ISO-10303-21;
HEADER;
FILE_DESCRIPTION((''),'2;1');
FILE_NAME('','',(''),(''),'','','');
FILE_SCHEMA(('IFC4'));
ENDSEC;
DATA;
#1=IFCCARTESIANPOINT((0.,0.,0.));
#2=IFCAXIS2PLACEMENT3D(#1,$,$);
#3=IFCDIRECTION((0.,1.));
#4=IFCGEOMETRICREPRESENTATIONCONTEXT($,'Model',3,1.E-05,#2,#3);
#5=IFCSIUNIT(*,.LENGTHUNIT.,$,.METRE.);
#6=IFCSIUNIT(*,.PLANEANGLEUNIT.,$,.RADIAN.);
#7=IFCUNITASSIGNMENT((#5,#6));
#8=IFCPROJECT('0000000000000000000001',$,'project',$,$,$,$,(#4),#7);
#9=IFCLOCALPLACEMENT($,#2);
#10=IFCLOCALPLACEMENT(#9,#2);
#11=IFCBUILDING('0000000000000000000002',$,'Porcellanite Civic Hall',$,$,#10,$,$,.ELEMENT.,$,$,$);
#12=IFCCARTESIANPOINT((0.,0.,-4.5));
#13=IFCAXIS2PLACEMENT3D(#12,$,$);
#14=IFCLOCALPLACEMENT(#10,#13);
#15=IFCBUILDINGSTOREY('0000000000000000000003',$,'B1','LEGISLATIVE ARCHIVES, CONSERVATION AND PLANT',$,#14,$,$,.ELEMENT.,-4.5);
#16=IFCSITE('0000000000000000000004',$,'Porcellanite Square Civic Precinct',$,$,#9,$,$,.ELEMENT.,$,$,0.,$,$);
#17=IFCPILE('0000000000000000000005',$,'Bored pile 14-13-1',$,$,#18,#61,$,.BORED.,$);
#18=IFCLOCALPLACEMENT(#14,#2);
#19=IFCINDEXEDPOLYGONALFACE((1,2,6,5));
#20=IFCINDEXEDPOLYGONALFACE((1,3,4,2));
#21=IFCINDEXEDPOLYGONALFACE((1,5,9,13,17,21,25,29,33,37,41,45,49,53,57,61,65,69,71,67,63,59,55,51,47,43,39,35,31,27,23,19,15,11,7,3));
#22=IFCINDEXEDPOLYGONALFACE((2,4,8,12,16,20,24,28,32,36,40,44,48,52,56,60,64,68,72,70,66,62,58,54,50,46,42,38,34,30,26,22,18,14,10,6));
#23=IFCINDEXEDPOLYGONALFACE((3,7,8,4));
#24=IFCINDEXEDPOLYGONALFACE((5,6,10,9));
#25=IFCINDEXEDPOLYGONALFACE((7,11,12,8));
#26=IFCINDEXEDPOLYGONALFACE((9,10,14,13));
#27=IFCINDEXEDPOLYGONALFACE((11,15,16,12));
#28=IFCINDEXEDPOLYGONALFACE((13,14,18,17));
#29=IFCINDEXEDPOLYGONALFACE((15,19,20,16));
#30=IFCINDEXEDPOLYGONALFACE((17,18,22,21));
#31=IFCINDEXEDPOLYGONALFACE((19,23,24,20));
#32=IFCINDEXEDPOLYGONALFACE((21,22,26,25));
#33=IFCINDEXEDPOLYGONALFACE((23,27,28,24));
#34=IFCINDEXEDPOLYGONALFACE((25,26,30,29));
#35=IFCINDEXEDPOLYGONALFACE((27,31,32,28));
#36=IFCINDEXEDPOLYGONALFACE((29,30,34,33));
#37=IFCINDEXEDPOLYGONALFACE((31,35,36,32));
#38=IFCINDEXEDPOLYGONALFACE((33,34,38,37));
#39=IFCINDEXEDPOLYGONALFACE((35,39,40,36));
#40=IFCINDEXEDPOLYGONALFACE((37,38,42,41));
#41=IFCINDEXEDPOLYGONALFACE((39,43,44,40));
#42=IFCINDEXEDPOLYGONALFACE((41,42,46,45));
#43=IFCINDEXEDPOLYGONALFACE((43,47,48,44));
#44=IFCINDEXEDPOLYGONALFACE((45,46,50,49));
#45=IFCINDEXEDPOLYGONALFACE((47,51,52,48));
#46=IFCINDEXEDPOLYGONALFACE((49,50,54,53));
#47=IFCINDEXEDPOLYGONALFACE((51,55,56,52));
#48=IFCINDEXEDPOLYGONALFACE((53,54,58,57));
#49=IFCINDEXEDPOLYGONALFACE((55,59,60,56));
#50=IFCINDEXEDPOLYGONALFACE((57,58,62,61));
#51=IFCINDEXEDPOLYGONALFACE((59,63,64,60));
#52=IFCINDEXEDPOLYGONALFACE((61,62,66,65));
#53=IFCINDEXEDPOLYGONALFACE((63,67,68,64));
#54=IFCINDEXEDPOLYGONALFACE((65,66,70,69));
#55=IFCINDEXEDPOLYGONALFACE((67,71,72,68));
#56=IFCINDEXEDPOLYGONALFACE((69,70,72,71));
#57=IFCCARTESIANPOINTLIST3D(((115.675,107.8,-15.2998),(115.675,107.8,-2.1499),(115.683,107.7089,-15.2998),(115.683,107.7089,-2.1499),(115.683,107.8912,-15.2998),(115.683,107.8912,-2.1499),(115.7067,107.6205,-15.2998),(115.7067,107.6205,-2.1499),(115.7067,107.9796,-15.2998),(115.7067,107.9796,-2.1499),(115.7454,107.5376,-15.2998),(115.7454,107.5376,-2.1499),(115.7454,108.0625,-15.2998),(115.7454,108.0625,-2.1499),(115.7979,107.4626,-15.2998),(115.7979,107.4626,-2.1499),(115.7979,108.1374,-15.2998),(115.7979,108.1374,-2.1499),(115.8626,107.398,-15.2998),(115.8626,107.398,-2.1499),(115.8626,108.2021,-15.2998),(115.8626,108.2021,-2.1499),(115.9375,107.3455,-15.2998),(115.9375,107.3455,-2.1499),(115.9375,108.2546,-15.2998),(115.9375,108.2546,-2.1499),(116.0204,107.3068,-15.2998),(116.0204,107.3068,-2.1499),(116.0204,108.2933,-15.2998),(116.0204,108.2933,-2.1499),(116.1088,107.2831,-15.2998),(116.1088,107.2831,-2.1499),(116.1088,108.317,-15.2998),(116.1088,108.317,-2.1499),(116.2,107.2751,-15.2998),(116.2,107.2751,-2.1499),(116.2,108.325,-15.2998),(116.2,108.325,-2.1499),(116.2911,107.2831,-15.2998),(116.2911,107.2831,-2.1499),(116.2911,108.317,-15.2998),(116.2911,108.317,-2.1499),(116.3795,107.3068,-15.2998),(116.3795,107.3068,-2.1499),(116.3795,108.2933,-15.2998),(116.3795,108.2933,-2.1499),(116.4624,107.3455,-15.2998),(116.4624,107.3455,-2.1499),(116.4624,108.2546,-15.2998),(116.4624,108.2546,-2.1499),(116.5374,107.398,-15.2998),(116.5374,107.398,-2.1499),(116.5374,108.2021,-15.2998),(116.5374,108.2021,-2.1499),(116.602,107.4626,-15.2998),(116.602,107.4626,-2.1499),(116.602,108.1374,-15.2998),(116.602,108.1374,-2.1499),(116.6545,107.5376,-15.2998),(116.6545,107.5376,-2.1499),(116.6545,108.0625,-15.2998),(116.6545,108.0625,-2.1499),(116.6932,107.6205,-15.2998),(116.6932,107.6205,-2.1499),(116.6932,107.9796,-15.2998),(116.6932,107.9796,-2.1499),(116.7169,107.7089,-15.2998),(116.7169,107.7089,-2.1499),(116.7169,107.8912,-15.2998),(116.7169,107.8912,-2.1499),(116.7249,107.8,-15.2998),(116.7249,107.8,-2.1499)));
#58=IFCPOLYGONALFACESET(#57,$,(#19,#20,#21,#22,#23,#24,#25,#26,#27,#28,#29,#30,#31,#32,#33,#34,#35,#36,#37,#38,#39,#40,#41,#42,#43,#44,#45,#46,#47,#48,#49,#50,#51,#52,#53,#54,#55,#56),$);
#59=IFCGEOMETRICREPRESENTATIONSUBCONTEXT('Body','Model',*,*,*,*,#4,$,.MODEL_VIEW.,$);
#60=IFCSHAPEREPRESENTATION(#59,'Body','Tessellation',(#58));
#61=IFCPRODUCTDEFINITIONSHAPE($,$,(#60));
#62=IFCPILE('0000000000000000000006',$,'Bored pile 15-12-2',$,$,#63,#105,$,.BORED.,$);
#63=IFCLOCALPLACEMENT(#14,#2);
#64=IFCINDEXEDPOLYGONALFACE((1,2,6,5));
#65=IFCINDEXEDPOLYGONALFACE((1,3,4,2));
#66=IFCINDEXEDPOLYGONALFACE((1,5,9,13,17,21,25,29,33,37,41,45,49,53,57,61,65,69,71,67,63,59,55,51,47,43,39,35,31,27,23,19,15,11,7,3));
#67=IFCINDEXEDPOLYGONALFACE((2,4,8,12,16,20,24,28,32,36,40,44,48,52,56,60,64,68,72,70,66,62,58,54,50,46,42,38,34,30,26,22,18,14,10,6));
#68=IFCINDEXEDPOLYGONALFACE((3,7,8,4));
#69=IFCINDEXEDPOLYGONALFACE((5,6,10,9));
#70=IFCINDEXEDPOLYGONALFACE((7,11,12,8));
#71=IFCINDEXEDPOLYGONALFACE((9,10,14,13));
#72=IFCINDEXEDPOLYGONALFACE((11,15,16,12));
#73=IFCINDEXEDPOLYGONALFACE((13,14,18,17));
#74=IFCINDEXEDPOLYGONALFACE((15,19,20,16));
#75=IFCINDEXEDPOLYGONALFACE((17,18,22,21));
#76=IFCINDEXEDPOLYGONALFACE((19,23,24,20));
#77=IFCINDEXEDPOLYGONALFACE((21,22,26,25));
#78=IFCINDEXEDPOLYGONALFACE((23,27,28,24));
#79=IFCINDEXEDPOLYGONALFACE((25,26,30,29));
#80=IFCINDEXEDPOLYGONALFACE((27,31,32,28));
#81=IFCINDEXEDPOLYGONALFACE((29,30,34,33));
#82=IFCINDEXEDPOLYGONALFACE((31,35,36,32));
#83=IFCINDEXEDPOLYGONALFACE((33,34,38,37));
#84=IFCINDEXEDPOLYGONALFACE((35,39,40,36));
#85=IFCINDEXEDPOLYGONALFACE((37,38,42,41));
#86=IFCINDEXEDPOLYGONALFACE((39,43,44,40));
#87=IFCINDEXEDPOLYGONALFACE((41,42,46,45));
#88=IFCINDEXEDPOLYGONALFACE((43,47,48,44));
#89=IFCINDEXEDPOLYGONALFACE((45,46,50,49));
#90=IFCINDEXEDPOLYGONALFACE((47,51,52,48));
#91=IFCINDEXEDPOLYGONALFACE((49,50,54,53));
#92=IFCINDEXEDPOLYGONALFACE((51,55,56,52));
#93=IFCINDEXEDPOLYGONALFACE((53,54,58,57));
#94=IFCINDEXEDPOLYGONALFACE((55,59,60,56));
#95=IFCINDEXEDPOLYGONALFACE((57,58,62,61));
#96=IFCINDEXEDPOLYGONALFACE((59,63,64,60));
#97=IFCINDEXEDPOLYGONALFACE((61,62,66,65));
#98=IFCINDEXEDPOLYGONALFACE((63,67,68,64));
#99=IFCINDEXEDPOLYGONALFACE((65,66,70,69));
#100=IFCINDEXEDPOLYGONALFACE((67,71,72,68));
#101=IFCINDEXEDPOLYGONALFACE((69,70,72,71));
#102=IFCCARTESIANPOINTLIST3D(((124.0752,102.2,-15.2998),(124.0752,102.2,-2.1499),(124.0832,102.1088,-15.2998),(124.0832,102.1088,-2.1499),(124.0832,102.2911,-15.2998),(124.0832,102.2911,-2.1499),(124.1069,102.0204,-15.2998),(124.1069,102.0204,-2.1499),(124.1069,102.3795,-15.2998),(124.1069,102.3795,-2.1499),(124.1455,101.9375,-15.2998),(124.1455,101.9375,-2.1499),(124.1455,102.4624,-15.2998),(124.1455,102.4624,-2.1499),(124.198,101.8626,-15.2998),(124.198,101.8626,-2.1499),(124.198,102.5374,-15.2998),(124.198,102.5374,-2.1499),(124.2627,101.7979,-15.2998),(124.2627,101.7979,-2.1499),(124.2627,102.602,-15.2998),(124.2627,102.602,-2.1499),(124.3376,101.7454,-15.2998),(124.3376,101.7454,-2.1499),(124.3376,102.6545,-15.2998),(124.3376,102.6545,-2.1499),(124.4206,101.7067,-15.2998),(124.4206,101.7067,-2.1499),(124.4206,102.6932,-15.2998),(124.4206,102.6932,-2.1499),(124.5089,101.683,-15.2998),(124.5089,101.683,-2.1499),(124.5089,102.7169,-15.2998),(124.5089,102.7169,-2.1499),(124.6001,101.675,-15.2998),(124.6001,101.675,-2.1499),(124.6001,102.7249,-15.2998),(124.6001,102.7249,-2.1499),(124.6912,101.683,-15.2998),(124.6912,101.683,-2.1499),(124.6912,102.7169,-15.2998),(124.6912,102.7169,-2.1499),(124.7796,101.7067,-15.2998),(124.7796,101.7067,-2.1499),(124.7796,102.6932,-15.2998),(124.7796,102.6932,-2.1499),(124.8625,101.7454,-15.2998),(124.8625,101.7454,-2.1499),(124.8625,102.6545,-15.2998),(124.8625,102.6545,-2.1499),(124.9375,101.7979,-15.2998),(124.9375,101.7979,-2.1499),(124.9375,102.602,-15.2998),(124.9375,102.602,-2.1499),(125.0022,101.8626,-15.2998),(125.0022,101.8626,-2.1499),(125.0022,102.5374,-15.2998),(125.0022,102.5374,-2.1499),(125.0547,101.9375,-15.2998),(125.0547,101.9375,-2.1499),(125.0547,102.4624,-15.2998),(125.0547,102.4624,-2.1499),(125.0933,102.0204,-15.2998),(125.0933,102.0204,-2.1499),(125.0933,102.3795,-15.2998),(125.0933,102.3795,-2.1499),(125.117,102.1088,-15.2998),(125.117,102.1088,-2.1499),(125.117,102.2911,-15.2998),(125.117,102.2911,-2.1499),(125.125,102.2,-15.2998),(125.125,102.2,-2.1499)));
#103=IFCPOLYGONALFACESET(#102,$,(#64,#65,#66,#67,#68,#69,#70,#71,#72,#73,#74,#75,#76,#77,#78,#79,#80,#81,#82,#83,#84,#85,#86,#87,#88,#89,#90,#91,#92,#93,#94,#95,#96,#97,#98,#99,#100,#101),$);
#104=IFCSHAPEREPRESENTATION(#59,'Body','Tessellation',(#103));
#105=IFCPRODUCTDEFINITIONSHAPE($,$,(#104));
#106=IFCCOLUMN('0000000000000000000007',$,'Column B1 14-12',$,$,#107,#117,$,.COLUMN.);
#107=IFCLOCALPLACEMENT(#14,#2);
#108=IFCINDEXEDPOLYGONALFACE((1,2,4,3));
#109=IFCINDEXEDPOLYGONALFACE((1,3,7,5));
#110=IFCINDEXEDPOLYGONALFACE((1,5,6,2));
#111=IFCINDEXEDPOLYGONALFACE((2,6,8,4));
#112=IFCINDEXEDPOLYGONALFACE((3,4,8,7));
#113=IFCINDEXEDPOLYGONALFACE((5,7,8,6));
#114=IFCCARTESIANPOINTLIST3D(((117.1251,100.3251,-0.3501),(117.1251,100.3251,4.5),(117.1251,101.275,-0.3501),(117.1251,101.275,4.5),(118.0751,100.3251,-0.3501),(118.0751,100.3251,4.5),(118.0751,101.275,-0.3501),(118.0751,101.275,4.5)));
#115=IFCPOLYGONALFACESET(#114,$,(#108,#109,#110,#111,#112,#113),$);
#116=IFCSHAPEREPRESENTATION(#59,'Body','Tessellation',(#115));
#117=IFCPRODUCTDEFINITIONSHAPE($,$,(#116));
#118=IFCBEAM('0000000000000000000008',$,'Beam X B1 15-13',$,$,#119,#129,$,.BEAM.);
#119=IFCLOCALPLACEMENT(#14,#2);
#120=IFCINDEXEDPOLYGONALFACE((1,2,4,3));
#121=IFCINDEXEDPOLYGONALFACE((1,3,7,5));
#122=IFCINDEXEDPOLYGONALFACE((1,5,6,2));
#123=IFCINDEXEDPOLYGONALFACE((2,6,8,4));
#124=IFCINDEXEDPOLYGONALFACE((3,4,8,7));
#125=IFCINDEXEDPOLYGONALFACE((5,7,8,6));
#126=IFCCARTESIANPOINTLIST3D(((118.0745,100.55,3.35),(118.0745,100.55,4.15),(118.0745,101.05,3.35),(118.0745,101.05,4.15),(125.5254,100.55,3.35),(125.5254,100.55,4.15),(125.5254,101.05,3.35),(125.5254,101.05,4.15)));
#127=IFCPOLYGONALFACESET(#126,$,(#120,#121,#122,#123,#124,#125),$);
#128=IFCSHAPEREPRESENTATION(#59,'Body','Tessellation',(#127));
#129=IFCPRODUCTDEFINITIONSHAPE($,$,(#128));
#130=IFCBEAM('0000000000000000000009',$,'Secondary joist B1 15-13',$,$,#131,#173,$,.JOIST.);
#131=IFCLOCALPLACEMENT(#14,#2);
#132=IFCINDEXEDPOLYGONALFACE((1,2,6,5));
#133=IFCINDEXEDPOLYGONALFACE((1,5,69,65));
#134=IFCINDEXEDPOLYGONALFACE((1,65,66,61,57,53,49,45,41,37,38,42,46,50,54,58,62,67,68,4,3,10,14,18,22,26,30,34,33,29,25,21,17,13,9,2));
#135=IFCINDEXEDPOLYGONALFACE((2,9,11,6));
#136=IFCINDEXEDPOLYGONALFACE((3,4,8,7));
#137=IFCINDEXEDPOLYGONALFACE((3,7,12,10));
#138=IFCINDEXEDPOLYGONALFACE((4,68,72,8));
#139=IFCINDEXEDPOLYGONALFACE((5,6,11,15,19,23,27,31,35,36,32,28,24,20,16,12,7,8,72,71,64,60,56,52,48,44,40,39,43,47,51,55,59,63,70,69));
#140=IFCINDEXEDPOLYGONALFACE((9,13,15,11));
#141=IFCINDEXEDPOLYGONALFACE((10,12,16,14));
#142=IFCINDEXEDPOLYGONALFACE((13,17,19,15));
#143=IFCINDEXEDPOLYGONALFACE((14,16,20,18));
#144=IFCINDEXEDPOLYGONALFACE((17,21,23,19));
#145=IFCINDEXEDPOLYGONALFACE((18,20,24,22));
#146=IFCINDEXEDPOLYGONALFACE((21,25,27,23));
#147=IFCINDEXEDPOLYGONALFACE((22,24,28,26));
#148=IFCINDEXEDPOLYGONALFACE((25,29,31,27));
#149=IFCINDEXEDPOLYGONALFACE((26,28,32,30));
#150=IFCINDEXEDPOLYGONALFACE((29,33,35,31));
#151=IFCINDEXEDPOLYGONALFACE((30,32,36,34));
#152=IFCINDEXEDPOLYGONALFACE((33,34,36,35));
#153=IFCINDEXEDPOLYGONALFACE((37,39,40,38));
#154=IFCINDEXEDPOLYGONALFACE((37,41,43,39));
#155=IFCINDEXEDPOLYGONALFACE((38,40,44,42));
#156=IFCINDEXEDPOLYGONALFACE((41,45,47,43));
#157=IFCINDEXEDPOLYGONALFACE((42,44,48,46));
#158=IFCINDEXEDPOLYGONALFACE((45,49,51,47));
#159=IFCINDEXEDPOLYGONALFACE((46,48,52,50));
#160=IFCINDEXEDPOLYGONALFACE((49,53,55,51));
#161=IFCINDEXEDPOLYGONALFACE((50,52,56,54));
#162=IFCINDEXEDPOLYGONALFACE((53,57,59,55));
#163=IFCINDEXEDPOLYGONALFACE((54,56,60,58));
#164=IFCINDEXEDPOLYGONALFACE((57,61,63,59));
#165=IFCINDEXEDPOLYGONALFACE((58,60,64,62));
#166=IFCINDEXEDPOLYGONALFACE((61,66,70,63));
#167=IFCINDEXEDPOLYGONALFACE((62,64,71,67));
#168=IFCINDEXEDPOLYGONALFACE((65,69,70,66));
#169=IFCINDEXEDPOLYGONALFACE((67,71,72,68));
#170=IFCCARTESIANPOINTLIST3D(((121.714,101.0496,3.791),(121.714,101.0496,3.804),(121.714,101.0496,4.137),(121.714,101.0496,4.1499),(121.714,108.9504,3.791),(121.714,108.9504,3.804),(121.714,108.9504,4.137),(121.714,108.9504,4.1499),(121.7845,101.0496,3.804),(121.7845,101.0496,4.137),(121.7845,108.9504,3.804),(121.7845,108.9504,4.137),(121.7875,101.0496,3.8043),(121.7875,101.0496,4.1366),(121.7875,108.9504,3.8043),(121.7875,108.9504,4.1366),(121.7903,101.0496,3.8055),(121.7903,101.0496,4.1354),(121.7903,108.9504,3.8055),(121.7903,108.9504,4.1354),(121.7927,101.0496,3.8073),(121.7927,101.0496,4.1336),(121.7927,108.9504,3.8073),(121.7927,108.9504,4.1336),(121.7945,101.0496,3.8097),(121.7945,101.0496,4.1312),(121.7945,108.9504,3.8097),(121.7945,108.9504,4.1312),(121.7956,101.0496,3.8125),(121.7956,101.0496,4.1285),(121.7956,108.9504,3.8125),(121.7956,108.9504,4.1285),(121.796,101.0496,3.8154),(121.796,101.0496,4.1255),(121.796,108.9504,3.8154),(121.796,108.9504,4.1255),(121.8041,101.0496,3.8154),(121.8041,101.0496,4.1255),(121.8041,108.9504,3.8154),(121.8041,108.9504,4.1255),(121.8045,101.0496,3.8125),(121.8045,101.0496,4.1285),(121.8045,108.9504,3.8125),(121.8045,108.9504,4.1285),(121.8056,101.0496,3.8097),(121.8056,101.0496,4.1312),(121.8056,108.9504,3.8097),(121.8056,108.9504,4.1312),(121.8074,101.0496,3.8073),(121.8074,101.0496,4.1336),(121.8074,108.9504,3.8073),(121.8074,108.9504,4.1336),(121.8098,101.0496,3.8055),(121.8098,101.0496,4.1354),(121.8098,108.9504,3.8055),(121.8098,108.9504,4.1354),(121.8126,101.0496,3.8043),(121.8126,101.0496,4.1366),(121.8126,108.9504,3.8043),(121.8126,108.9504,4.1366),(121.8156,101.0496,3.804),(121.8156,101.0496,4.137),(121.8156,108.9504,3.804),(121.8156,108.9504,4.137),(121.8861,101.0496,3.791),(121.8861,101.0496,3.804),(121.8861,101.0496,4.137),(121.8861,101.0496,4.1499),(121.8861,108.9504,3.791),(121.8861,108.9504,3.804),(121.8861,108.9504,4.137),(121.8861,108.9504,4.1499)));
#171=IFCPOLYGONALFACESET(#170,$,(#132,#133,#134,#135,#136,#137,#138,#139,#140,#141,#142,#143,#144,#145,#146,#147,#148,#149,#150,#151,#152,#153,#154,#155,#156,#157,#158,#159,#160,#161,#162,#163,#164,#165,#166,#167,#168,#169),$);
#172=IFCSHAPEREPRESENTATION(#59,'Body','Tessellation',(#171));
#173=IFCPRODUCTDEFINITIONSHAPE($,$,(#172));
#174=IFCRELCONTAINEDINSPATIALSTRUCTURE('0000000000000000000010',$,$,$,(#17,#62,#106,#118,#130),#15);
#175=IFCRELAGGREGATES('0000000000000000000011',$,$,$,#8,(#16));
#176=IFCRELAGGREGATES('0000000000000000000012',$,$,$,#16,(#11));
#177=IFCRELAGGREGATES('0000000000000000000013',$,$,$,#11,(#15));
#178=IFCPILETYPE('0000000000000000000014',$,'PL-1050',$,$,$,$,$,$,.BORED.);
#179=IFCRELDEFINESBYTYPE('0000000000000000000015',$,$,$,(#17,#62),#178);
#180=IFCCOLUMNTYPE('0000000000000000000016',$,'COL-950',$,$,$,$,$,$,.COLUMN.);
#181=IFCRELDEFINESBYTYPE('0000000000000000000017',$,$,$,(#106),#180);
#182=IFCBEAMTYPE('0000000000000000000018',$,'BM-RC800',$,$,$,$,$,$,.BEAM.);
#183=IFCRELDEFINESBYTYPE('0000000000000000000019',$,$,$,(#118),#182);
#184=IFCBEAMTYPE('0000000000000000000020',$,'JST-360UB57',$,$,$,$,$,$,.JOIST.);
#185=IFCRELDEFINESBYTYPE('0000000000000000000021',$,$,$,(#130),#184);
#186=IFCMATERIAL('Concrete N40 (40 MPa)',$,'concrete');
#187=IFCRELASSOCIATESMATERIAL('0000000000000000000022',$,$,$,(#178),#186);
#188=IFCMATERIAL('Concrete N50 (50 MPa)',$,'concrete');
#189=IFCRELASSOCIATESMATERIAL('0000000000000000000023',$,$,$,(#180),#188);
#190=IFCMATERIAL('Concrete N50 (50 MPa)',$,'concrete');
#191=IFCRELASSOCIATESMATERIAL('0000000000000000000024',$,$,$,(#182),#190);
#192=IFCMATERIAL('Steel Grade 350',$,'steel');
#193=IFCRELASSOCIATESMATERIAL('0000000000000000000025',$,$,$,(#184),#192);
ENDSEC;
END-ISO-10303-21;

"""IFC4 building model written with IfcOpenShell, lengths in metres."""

from ifc_helpers import new_model, si_unit, direction, frame, origin, origin_2d, place, context, subcontext, project, spatial, rectangle, circle, i_section, extrude, material, material_profile, profile_set, type_object, element, save


model = new_model("IFC4")

# Units and contexts
model_context = context("Model", 3, precision=1e-05, world=origin(), true_north=direction((0.0, 1.0)))
body_context = subcontext(model_context, "Body", "Model", "MODEL_VIEW")
ifc_project = project(units=[si_unit("LENGTHUNIT", "METRE"), si_unit("PLANEANGLEUNIT", "RADIAN")], contexts=[model_context])

# Site, building, storey
site_placement = place(None, origin())
site = spatial("IfcSite", under=ifc_project, at=site_placement, Name="Porcellanite Square Civic Precinct", CompositionType="ELEMENT", RefElevation=0.0)
building_placement = place(site_placement, origin())
building = spatial("IfcBuilding", under=site, at=building_placement, Name="Porcellanite Civic Hall", CompositionType="ELEMENT")
storey_placement = place(building_placement, frame((0.0, 0.0, -4.5)))
storey = spatial("IfcBuildingStorey", under=building, at=storey_placement, Name="B1", Description="LEGISLATIVE ARCHIVES, CONSERVATION AND PLANT", CompositionType="ELEMENT", Elevation=-4.5)

# Piles
ifc_material_1 = material(Name="Concrete N40 (40 MPa)", Category="concrete")
ifc_material_profile_1 = material_profile(ifc_material_1, circle(Radius=0.5249, at=origin_2d()), Name="PILE-D1050")
ifc_profile_set_1 = profile_set([ifc_material_profile_1], Name="Concrete N40 (40 MPa)")
pile_type = type_object("IfcPileType", Name="PL-1050", PredefinedType="BORED", material=ifc_profile_set_1)
for number, where, z_axis, x_axis, name in (
    (1, (116.2, 107.8, -2.1499), (0.0, 0.0, -1.0), (1.0, 0.0, 0.0), "Bored pile 14-13-1"),
    (2, (124.6001, 102.2, -2.1499), (0.0, 0.0, -1.0), (1.0, 0.0, 0.0), "Bored pile 15-12-2"),
):
    element("IfcPile", number, at=place(storey_placement, frame(where, z_axis=z_axis, x_axis=x_axis)), inside=storey, type_object=pile_type, Name=name, PredefinedType="BORED", context=body_context, shape_type="SweptSolid", body=[
        extrude(circle(Radius=0.5249, at=origin_2d()), origin(), (0.0, 0.0, 1.0), 13.1499),
    ])

# Column
ifc_material_2 = material(Name="Concrete N50 (50 MPa)", Category="concrete")
ifc_material_profile_2 = material_profile(ifc_material_2, rectangle(XDim=0.95, YDim=0.95, at=origin_2d()), Name="RC-950x950")
ifc_profile_set_2 = profile_set([ifc_material_profile_2], Name="Concrete N50 (50 MPa)")
column_type = type_object("IfcColumnType", Name="COL-950", PredefinedType="COLUMN", material=ifc_profile_set_2)
column_placement = place(storey_placement, frame((117.6001, 100.8, -0.3501), z_axis=(0.0, 0.0, 1.0), x_axis=(1.0, 0.0, 0.0)))
element("IfcColumn", 3, at=column_placement, inside=storey, type_object=column_type, Name="Column B1 14-12", PredefinedType="COLUMN", context=body_context, shape_type="SweptSolid", body=[
    extrude(rectangle(XDim=0.95, YDim=0.95, at=origin_2d()), origin(), (0.0, 0.0, 1.0), 4.8501),
])

# Beams
ifc_material_3 = material(Name="Concrete N50 (50 MPa)", Category="concrete")
ifc_material_profile_3 = material_profile(ifc_material_3, rectangle(XDim=0.5, YDim=0.8, at=origin_2d()), Name="RC-500x800")
ifc_profile_set_3 = profile_set([ifc_material_profile_3], Name="Concrete N50 (50 MPa)")
beam_type_1 = type_object("IfcBeamType", Name="BM-RC800", PredefinedType="BEAM", material=ifc_profile_set_3)
beam_1_placement = place(storey_placement, frame((118.0745, 100.8, 3.75), z_axis=(1.0, 0.0, 0.0), x_axis=(0.0, 1.0, 0.0)))
element("IfcBeam", 4, at=beam_1_placement, inside=storey, type_object=beam_type_1, Name="Beam X B1 15-13", PredefinedType="BEAM", context=body_context, shape_type="SweptSolid", body=[
    extrude(rectangle(XDim=0.5, YDim=0.8, at=origin_2d()), origin(), (0.0, 0.0, 1.0), 7.4509),
])
ifc_material_4 = material(Name="Steel Grade 350", Category="steel")
ifc_material_profile_4 = material_profile(ifc_material_4, i_section(OverallWidth=0.1721, OverallDepth=0.3589, WebThickness=0.0081, FlangeThickness=0.0129, FilletRadius=0.0115, at=origin_2d()), Name="360UB56.7")
ifc_profile_set_4 = profile_set([ifc_material_profile_4], Name="Steel Grade 350")
beam_type_2 = type_object("IfcBeamType", Name="JST-360UB57", PredefinedType="JOIST", material=ifc_profile_set_4)
beam_2_placement = place(storey_placement, frame((121.8, 101.0496, 3.9705), z_axis=(0.0, 1.0, 0.0), x_axis=(-1.0, 0.0, 0.0)))
element("IfcBeam", 5, at=beam_2_placement, inside=storey, type_object=beam_type_2, Name="Secondary joist B1 15-13", PredefinedType="JOIST", context=body_context, shape_type="SweptSolid", body=[
    extrude(i_section(OverallWidth=0.1721, OverallDepth=0.3589, WebThickness=0.0081, FlangeThickness=0.0129, FilletRadius=0.0115, at=origin_2d()), origin(), (0.0, 0.0, 1.0), 7.9009),
])

save(model, "model.ifc")
